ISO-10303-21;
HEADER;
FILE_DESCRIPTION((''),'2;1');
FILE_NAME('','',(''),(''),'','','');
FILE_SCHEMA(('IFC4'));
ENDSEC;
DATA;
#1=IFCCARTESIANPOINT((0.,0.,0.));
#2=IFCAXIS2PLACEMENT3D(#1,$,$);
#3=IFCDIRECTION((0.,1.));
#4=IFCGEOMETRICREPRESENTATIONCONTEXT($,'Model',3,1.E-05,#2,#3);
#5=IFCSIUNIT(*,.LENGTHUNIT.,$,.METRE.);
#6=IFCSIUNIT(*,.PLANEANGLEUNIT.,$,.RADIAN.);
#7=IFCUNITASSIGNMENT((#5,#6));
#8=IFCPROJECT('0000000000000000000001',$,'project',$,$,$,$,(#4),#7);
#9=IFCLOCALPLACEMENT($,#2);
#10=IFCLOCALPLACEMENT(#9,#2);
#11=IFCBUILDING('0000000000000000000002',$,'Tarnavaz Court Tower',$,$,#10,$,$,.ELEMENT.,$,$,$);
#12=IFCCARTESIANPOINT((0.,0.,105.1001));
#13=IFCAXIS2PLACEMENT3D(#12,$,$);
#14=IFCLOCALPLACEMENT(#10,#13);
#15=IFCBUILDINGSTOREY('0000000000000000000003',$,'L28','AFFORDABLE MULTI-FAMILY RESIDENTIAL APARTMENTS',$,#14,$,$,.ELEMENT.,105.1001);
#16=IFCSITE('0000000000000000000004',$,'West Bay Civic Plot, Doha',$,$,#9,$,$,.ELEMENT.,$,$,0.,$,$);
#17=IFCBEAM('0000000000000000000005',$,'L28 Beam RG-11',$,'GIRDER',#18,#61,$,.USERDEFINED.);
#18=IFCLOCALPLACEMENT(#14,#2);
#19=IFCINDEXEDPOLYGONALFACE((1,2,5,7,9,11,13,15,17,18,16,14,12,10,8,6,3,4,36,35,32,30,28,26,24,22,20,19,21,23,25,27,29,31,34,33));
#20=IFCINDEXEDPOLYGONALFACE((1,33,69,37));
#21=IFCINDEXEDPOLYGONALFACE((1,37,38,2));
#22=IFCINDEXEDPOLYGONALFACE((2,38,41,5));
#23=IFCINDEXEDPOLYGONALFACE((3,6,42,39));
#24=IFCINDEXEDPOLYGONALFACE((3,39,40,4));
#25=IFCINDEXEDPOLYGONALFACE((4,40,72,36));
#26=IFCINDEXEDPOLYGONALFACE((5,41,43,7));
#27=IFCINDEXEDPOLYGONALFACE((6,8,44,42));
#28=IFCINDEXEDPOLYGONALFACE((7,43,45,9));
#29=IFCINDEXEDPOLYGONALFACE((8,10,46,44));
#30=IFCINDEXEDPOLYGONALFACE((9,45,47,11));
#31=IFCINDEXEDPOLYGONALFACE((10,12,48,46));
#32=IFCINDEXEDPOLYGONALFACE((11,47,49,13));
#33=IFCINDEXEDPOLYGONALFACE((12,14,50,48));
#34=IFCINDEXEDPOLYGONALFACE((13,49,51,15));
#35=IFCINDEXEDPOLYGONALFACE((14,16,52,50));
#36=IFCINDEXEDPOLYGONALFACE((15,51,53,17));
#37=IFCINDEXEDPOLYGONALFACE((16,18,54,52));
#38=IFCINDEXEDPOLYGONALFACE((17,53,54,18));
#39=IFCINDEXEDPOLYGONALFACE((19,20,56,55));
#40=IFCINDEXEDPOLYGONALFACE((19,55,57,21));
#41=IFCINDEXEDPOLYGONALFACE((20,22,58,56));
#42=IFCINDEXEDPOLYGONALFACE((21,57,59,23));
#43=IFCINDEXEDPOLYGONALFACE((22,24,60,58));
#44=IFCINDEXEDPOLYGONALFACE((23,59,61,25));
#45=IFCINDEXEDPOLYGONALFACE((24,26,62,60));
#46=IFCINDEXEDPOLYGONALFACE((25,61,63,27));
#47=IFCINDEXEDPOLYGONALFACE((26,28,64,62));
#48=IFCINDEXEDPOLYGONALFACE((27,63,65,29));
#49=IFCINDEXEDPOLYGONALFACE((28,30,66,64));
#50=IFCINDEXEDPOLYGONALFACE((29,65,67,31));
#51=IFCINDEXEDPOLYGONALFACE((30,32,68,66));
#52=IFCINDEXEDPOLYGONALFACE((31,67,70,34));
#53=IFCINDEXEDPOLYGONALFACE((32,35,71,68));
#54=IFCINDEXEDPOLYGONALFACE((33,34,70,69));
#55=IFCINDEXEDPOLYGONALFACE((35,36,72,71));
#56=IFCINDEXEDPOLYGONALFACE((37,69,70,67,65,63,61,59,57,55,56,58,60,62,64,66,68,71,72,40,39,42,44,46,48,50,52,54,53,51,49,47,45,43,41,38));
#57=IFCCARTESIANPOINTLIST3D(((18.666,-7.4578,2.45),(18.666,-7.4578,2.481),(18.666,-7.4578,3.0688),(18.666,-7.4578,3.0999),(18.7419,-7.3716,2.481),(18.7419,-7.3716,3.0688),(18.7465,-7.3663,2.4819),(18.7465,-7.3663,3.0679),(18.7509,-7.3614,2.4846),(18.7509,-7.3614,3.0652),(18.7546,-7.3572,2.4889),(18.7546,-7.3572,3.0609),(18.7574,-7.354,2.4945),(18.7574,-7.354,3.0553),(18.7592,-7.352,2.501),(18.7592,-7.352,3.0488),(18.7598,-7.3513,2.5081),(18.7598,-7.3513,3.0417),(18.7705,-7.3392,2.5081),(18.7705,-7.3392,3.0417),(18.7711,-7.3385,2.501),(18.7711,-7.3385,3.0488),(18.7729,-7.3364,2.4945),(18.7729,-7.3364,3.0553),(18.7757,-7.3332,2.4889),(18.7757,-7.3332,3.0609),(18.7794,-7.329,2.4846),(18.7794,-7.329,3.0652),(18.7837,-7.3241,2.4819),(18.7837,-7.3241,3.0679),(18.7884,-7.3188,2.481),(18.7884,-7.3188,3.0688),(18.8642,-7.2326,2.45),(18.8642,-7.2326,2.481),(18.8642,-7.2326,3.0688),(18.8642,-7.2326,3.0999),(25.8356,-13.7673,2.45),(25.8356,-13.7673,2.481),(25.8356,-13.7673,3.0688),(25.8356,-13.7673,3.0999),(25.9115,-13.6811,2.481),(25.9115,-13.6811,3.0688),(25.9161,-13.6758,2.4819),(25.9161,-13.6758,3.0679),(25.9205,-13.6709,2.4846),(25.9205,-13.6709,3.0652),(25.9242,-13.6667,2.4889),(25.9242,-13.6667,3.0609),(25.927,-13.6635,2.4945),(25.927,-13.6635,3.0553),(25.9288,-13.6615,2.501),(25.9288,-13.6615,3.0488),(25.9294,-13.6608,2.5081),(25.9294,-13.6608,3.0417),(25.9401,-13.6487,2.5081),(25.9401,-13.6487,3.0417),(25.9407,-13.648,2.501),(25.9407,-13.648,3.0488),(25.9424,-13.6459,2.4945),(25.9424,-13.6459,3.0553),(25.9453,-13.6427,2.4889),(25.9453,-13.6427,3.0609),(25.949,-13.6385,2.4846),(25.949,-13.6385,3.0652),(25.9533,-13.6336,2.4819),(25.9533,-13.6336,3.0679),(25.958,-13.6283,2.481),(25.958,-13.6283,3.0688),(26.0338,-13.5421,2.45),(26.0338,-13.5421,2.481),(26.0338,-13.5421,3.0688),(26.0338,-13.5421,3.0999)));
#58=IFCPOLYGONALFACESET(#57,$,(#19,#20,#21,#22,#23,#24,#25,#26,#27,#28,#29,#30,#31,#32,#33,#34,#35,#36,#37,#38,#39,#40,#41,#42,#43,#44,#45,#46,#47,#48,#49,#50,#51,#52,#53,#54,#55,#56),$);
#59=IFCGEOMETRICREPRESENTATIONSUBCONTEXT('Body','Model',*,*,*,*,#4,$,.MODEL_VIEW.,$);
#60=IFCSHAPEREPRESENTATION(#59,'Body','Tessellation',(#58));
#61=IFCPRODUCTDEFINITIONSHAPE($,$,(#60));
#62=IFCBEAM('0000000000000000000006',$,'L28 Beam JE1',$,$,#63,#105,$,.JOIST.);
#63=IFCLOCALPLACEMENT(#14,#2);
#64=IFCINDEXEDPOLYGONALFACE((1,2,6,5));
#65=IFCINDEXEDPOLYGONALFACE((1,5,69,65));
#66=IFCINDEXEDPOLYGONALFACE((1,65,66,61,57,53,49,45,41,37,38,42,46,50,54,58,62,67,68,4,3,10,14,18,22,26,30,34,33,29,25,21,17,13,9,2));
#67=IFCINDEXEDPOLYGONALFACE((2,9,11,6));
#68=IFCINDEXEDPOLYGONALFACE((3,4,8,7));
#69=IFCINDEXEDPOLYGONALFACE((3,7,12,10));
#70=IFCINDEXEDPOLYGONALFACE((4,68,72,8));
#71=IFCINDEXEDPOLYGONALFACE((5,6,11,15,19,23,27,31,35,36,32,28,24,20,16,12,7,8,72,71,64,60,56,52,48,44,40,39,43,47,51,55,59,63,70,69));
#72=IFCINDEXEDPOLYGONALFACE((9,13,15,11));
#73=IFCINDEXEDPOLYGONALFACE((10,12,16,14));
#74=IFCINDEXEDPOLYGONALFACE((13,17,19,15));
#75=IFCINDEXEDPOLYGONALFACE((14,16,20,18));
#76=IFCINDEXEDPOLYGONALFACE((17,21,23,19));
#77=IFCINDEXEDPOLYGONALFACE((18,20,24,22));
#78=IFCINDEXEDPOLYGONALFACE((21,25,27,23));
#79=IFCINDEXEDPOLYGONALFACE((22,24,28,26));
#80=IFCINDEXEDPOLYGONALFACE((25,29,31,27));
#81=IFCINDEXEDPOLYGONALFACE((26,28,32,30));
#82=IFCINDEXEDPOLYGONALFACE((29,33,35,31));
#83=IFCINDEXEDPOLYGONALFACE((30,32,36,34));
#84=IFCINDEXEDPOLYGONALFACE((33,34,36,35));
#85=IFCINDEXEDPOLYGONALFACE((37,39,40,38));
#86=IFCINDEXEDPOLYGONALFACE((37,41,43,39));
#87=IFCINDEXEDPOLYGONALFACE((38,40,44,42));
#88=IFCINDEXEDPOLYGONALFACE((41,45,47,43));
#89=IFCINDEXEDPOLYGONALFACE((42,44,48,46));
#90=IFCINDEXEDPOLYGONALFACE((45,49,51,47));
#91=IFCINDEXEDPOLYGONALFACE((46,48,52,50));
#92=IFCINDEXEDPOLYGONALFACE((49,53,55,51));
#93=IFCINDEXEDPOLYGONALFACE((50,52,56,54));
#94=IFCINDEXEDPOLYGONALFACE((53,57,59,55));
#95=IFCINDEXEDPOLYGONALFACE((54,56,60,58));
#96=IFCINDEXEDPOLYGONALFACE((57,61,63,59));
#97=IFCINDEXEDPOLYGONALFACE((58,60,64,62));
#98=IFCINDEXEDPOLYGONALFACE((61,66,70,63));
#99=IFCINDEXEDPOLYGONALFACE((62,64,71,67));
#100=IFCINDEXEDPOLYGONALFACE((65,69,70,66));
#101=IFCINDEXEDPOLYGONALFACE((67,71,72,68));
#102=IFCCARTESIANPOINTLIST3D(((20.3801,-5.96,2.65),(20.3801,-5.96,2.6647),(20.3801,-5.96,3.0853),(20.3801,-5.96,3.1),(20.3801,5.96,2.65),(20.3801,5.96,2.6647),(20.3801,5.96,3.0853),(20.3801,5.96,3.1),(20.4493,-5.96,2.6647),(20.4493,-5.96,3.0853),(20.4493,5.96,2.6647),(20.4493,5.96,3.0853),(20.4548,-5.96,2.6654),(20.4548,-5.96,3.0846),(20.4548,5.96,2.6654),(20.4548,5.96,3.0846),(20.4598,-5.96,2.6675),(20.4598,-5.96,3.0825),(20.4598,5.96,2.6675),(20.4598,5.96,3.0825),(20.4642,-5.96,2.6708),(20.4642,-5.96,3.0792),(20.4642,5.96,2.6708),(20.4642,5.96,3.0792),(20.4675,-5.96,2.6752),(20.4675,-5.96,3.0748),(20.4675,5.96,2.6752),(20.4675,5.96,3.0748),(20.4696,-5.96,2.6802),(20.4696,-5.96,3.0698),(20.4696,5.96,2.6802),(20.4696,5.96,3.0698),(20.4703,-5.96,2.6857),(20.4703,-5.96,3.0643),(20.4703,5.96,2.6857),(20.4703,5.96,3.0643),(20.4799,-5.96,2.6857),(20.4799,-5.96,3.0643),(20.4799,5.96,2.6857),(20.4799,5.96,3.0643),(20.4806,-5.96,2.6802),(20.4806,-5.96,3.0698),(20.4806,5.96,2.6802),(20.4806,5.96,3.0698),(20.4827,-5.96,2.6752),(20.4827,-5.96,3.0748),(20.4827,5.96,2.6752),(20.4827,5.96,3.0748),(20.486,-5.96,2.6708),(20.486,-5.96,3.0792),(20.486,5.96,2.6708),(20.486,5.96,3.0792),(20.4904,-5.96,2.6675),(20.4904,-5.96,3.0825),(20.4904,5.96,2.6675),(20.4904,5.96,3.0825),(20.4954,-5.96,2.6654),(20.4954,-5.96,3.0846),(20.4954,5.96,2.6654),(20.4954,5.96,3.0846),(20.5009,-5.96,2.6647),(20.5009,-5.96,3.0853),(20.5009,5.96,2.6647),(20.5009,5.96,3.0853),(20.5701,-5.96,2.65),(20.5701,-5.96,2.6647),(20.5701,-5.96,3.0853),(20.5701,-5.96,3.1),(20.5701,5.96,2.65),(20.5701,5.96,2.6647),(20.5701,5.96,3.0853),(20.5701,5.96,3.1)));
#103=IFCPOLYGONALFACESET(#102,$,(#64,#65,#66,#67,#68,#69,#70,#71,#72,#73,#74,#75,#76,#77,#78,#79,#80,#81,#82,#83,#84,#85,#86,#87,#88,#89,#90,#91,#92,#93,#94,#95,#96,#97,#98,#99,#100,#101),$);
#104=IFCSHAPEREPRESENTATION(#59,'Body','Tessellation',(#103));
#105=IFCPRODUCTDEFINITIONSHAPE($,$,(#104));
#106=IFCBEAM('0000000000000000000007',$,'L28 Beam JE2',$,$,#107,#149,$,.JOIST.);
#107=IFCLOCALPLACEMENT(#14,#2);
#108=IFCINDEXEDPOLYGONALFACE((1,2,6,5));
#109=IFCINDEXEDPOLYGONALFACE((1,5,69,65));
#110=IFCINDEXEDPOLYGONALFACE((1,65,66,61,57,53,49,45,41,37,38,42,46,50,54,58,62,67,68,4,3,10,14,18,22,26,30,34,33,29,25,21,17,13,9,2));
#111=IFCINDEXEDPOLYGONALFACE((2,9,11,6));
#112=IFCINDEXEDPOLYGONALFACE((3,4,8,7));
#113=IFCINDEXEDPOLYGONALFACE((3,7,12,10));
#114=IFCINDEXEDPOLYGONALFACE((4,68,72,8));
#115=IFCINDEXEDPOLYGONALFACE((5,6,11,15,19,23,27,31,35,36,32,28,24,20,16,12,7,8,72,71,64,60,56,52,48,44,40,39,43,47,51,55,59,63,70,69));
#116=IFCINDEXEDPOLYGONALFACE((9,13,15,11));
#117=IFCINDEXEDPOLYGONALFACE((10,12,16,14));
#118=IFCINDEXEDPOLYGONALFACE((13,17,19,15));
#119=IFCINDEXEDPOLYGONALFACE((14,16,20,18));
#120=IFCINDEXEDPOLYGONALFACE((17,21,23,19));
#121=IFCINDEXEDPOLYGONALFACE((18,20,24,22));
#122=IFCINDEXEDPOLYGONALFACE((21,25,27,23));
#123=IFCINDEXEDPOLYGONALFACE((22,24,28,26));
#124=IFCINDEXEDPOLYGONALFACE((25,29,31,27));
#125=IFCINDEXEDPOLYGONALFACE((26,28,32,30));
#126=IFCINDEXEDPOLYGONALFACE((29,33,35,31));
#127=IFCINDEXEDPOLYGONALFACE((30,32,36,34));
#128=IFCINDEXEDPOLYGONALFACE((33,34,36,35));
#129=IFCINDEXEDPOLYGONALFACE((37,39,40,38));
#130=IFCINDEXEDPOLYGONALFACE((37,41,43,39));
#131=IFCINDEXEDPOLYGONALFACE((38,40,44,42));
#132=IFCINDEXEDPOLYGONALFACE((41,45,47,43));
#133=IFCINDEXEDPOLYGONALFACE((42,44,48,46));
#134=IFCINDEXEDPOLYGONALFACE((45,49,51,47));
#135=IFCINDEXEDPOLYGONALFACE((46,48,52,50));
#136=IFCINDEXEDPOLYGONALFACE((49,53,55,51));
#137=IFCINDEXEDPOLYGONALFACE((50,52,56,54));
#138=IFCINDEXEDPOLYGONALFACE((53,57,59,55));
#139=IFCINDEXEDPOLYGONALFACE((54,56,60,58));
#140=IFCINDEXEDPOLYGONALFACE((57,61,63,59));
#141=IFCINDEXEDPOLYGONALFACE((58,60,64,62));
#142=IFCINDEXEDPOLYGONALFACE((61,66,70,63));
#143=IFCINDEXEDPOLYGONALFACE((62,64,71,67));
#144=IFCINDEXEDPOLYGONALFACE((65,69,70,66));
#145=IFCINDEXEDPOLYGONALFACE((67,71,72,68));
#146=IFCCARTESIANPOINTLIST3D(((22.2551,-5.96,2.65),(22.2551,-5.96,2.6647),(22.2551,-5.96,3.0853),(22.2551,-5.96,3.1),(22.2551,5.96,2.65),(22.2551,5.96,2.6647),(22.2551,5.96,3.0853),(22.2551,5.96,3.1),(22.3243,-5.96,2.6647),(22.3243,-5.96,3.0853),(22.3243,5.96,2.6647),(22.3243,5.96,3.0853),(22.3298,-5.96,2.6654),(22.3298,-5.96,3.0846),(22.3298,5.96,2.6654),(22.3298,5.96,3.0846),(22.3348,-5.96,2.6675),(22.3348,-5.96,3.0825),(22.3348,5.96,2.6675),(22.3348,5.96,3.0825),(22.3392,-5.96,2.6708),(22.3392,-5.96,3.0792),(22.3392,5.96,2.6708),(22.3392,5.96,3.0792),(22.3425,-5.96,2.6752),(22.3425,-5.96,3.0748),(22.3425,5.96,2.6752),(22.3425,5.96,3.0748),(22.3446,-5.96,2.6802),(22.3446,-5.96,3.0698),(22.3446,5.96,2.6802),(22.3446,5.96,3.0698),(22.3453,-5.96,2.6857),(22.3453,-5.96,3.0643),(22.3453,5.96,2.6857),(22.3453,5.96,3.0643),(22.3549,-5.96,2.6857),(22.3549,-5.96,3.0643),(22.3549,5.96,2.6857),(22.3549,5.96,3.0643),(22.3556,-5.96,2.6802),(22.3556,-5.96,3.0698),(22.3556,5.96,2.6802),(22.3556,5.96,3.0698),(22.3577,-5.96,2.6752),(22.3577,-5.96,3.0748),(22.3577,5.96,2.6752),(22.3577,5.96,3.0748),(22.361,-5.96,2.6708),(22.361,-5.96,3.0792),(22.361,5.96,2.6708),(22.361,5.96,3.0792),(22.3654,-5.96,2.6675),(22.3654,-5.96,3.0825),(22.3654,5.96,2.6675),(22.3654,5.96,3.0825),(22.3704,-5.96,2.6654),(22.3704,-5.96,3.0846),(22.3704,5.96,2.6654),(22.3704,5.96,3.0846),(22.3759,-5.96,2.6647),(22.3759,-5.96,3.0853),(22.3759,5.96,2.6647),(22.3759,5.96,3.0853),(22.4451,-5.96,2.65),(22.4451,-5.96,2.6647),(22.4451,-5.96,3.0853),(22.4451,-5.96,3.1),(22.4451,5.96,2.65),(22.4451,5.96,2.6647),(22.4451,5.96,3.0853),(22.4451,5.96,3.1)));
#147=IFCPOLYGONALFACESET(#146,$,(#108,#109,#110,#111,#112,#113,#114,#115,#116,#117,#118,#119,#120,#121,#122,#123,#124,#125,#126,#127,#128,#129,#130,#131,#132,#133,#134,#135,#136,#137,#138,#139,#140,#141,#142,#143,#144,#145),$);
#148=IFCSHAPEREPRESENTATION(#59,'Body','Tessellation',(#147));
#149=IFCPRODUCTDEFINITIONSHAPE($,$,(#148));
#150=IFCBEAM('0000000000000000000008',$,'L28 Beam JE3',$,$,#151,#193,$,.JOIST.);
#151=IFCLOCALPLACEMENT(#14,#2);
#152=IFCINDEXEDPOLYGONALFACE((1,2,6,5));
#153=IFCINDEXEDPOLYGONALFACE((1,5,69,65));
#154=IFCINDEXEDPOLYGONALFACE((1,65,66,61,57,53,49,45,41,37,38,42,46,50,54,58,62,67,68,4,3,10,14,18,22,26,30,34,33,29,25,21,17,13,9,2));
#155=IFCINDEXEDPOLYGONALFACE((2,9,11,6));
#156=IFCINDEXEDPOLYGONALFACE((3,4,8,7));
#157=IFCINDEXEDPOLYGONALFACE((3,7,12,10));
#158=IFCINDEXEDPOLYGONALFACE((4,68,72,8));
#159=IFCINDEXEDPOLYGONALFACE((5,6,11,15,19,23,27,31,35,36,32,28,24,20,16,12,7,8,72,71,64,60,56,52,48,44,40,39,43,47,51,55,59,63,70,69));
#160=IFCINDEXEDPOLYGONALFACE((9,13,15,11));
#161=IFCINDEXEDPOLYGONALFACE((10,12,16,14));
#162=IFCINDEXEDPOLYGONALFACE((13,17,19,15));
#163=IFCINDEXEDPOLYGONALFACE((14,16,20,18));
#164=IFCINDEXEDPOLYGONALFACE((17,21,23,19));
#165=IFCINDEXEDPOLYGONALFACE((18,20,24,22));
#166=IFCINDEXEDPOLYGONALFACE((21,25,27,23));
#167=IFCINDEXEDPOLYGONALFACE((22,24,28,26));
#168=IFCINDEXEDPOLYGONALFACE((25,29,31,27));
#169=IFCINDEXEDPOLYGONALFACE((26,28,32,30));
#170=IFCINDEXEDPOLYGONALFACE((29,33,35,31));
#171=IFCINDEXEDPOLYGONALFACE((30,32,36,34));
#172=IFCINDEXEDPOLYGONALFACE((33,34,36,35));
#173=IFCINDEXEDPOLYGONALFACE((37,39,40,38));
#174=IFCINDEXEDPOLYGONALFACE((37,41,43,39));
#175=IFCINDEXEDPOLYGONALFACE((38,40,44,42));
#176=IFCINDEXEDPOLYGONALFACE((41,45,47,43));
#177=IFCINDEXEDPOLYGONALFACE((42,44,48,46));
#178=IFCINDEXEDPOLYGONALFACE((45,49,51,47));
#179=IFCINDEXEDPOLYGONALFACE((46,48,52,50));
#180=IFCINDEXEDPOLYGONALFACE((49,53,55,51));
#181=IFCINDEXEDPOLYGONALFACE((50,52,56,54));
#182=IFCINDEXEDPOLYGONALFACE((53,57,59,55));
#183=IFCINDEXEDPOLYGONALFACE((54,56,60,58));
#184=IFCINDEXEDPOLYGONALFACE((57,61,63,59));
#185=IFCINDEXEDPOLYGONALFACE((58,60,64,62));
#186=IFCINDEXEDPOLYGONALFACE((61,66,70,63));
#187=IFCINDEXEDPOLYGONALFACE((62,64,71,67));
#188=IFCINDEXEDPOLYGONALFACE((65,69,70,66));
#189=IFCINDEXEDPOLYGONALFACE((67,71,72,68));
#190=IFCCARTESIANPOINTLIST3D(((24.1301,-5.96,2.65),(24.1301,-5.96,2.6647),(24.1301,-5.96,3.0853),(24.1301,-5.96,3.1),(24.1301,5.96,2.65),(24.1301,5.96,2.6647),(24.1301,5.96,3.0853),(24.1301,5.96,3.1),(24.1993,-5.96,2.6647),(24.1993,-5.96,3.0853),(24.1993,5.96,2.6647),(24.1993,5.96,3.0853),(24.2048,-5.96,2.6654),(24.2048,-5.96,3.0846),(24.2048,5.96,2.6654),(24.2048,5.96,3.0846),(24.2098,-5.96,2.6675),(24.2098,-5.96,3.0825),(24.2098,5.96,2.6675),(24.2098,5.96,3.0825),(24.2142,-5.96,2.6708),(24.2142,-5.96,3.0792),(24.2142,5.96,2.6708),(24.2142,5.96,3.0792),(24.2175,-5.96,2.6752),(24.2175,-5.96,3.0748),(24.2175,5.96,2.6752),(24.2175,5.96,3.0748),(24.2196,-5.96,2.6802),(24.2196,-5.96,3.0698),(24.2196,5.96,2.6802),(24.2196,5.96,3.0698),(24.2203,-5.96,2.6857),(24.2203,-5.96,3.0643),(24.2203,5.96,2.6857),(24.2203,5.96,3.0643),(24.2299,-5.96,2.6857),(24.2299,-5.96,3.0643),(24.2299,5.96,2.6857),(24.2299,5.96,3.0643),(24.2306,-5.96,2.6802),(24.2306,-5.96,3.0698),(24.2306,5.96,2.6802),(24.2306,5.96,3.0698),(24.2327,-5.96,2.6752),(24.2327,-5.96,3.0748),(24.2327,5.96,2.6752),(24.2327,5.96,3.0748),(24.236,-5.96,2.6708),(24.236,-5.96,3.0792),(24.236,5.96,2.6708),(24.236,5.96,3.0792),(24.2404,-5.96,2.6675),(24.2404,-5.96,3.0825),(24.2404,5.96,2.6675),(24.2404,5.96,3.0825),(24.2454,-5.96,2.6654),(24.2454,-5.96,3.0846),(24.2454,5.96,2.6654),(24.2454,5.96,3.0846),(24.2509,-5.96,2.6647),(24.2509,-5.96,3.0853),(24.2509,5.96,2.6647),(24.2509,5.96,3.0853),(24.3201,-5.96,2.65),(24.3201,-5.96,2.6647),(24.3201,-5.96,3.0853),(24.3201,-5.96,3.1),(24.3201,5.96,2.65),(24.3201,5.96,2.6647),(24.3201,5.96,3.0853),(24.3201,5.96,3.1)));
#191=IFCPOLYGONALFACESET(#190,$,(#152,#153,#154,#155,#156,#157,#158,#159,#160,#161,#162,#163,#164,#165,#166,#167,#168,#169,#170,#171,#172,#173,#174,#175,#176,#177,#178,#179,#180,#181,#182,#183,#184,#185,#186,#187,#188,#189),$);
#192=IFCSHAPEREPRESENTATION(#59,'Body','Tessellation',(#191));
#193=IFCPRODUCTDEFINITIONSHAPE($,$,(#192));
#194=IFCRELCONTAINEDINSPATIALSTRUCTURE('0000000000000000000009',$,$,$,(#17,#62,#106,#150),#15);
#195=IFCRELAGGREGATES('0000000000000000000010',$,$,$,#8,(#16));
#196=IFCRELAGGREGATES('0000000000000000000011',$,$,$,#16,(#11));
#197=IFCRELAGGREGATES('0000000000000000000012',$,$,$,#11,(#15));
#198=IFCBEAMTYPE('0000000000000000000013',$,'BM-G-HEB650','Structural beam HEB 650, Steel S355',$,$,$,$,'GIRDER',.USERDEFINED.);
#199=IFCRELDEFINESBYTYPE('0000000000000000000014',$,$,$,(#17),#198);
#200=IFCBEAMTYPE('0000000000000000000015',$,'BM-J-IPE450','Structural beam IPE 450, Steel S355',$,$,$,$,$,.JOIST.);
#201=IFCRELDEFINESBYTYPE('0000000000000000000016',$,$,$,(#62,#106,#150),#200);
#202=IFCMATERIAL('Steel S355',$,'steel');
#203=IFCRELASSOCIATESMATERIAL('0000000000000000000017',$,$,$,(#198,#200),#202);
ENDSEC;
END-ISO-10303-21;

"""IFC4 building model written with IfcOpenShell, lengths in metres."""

from ifc_helpers import new_model, si_unit, direction, frame, origin, origin_2d, place, context, subcontext, project, spatial, i_section, extrude, material, material_profile, profile_set, type_object, element, save


model = new_model("IFC4")

# Units and contexts
model_context = context("Model", 3, precision=1e-05, world=origin(), true_north=direction((0.0, 1.0)))
body_context = subcontext(model_context, "Body", "Model", "MODEL_VIEW")
ifc_project = project(units=[si_unit("LENGTHUNIT", "METRE"), si_unit("PLANEANGLEUNIT", "RADIAN")], contexts=[model_context])

# Site, building, storey
site_placement = place(None, origin())
site = spatial("IfcSite", under=ifc_project, at=site_placement, Name="West Bay Civic Plot, Doha", CompositionType="ELEMENT", RefElevation=0.0)
building_placement = place(site_placement, origin())
building = spatial("IfcBuilding", under=site, at=building_placement, Name="Tarnavaz Court Tower", CompositionType="ELEMENT")
storey_placement = place(building_placement, frame((0.0, 0.0, 105.1001)))
storey = spatial("IfcBuildingStorey", under=building, at=storey_placement, Name="L28", Description="AFFORDABLE MULTI-FAMILY RESIDENTIAL APARTMENTS", CompositionType="ELEMENT", Elevation=105.1001)

# Beams
ifc_material_1 = material(Name="Steel S355", Category="steel")
ifc_material_profile_1 = material_profile(ifc_material_1, i_section(OverallWidth=0.3, OverallDepth=0.6499, WebThickness=0.0161, FlangeThickness=0.031, FilletRadius=0.0271, at=origin_2d()), Name="HEB 650")
ifc_profile_set_1 = profile_set([ifc_material_profile_1], Name="Steel S355")
beam_type_1 = type_object("IfcBeamType", Name="BM-G-HEB650", Description="Structural beam HEB 650, Steel S355", ElementType="GIRDER", PredefinedType="USERDEFINED", material=ifc_profile_set_1)
beam_1_placement = place(storey_placement, frame((18.7651, -7.3452, 2.7749), z_axis=(0.7507, -0.660643, 0.0), x_axis=(0.660643, 0.7507, 0.0)))
element("IfcBeam", 1, at=beam_1_placement, inside=storey, type_object=beam_type_1, Name="L28 Beam RG-11", ObjectType="GIRDER", PredefinedType="USERDEFINED", context=body_context, shape_type="SweptSolid", body=[
    extrude(i_section(OverallWidth=0.3, OverallDepth=0.6499, WebThickness=0.0161, FlangeThickness=0.031, FilletRadius=0.0271, at=origin_2d()), origin(), (0.0, 0.0, 1.0), 9.5505),
])
ifc_material_profile_2 = material_profile(ifc_material_1, i_section(OverallWidth=0.1899, OverallDepth=0.45, WebThickness=0.0095, FlangeThickness=0.0146, FilletRadius=0.021, at=origin_2d()), Name="IPE 450")
ifc_profile_set_2 = profile_set([ifc_material_profile_2], Name="Steel S355")
beam_type_2 = type_object("IfcBeamType", Name="BM-J-IPE450", Description="Structural beam IPE 450, Steel S355", PredefinedType="JOIST", material=ifc_profile_set_2)
for number, where, z_axis, x_axis, name in (
    (2, (20.4751, -5.96, 2.875), (0.0, 1.0, 0.0), (-1.0, 0.0, 0.0), "L28 Beam JE1"),
    (3, (22.3501, -5.96, 2.875), (0.0, 1.0, 0.0), (-1.0, 0.0, 0.0), "L28 Beam JE2"),
    (4, (24.2251, -5.96, 2.875), (0.0, 1.0, 0.0), (-1.0, 0.0, 0.0), "L28 Beam JE3"),
):
    element("IfcBeam", number, at=place(storey_placement, frame(where, z_axis=z_axis, x_axis=x_axis)), inside=storey, type_object=beam_type_2, Name=name, PredefinedType="JOIST", context=body_context, shape_type="SweptSolid", body=[
        extrude(i_section(OverallWidth=0.1899, OverallDepth=0.45, WebThickness=0.0095, FlangeThickness=0.0146, FilletRadius=0.021, at=origin_2d()), origin(), (0.0, 0.0, 1.0), 11.9199),
    ])

save(model, "model.ifc")
